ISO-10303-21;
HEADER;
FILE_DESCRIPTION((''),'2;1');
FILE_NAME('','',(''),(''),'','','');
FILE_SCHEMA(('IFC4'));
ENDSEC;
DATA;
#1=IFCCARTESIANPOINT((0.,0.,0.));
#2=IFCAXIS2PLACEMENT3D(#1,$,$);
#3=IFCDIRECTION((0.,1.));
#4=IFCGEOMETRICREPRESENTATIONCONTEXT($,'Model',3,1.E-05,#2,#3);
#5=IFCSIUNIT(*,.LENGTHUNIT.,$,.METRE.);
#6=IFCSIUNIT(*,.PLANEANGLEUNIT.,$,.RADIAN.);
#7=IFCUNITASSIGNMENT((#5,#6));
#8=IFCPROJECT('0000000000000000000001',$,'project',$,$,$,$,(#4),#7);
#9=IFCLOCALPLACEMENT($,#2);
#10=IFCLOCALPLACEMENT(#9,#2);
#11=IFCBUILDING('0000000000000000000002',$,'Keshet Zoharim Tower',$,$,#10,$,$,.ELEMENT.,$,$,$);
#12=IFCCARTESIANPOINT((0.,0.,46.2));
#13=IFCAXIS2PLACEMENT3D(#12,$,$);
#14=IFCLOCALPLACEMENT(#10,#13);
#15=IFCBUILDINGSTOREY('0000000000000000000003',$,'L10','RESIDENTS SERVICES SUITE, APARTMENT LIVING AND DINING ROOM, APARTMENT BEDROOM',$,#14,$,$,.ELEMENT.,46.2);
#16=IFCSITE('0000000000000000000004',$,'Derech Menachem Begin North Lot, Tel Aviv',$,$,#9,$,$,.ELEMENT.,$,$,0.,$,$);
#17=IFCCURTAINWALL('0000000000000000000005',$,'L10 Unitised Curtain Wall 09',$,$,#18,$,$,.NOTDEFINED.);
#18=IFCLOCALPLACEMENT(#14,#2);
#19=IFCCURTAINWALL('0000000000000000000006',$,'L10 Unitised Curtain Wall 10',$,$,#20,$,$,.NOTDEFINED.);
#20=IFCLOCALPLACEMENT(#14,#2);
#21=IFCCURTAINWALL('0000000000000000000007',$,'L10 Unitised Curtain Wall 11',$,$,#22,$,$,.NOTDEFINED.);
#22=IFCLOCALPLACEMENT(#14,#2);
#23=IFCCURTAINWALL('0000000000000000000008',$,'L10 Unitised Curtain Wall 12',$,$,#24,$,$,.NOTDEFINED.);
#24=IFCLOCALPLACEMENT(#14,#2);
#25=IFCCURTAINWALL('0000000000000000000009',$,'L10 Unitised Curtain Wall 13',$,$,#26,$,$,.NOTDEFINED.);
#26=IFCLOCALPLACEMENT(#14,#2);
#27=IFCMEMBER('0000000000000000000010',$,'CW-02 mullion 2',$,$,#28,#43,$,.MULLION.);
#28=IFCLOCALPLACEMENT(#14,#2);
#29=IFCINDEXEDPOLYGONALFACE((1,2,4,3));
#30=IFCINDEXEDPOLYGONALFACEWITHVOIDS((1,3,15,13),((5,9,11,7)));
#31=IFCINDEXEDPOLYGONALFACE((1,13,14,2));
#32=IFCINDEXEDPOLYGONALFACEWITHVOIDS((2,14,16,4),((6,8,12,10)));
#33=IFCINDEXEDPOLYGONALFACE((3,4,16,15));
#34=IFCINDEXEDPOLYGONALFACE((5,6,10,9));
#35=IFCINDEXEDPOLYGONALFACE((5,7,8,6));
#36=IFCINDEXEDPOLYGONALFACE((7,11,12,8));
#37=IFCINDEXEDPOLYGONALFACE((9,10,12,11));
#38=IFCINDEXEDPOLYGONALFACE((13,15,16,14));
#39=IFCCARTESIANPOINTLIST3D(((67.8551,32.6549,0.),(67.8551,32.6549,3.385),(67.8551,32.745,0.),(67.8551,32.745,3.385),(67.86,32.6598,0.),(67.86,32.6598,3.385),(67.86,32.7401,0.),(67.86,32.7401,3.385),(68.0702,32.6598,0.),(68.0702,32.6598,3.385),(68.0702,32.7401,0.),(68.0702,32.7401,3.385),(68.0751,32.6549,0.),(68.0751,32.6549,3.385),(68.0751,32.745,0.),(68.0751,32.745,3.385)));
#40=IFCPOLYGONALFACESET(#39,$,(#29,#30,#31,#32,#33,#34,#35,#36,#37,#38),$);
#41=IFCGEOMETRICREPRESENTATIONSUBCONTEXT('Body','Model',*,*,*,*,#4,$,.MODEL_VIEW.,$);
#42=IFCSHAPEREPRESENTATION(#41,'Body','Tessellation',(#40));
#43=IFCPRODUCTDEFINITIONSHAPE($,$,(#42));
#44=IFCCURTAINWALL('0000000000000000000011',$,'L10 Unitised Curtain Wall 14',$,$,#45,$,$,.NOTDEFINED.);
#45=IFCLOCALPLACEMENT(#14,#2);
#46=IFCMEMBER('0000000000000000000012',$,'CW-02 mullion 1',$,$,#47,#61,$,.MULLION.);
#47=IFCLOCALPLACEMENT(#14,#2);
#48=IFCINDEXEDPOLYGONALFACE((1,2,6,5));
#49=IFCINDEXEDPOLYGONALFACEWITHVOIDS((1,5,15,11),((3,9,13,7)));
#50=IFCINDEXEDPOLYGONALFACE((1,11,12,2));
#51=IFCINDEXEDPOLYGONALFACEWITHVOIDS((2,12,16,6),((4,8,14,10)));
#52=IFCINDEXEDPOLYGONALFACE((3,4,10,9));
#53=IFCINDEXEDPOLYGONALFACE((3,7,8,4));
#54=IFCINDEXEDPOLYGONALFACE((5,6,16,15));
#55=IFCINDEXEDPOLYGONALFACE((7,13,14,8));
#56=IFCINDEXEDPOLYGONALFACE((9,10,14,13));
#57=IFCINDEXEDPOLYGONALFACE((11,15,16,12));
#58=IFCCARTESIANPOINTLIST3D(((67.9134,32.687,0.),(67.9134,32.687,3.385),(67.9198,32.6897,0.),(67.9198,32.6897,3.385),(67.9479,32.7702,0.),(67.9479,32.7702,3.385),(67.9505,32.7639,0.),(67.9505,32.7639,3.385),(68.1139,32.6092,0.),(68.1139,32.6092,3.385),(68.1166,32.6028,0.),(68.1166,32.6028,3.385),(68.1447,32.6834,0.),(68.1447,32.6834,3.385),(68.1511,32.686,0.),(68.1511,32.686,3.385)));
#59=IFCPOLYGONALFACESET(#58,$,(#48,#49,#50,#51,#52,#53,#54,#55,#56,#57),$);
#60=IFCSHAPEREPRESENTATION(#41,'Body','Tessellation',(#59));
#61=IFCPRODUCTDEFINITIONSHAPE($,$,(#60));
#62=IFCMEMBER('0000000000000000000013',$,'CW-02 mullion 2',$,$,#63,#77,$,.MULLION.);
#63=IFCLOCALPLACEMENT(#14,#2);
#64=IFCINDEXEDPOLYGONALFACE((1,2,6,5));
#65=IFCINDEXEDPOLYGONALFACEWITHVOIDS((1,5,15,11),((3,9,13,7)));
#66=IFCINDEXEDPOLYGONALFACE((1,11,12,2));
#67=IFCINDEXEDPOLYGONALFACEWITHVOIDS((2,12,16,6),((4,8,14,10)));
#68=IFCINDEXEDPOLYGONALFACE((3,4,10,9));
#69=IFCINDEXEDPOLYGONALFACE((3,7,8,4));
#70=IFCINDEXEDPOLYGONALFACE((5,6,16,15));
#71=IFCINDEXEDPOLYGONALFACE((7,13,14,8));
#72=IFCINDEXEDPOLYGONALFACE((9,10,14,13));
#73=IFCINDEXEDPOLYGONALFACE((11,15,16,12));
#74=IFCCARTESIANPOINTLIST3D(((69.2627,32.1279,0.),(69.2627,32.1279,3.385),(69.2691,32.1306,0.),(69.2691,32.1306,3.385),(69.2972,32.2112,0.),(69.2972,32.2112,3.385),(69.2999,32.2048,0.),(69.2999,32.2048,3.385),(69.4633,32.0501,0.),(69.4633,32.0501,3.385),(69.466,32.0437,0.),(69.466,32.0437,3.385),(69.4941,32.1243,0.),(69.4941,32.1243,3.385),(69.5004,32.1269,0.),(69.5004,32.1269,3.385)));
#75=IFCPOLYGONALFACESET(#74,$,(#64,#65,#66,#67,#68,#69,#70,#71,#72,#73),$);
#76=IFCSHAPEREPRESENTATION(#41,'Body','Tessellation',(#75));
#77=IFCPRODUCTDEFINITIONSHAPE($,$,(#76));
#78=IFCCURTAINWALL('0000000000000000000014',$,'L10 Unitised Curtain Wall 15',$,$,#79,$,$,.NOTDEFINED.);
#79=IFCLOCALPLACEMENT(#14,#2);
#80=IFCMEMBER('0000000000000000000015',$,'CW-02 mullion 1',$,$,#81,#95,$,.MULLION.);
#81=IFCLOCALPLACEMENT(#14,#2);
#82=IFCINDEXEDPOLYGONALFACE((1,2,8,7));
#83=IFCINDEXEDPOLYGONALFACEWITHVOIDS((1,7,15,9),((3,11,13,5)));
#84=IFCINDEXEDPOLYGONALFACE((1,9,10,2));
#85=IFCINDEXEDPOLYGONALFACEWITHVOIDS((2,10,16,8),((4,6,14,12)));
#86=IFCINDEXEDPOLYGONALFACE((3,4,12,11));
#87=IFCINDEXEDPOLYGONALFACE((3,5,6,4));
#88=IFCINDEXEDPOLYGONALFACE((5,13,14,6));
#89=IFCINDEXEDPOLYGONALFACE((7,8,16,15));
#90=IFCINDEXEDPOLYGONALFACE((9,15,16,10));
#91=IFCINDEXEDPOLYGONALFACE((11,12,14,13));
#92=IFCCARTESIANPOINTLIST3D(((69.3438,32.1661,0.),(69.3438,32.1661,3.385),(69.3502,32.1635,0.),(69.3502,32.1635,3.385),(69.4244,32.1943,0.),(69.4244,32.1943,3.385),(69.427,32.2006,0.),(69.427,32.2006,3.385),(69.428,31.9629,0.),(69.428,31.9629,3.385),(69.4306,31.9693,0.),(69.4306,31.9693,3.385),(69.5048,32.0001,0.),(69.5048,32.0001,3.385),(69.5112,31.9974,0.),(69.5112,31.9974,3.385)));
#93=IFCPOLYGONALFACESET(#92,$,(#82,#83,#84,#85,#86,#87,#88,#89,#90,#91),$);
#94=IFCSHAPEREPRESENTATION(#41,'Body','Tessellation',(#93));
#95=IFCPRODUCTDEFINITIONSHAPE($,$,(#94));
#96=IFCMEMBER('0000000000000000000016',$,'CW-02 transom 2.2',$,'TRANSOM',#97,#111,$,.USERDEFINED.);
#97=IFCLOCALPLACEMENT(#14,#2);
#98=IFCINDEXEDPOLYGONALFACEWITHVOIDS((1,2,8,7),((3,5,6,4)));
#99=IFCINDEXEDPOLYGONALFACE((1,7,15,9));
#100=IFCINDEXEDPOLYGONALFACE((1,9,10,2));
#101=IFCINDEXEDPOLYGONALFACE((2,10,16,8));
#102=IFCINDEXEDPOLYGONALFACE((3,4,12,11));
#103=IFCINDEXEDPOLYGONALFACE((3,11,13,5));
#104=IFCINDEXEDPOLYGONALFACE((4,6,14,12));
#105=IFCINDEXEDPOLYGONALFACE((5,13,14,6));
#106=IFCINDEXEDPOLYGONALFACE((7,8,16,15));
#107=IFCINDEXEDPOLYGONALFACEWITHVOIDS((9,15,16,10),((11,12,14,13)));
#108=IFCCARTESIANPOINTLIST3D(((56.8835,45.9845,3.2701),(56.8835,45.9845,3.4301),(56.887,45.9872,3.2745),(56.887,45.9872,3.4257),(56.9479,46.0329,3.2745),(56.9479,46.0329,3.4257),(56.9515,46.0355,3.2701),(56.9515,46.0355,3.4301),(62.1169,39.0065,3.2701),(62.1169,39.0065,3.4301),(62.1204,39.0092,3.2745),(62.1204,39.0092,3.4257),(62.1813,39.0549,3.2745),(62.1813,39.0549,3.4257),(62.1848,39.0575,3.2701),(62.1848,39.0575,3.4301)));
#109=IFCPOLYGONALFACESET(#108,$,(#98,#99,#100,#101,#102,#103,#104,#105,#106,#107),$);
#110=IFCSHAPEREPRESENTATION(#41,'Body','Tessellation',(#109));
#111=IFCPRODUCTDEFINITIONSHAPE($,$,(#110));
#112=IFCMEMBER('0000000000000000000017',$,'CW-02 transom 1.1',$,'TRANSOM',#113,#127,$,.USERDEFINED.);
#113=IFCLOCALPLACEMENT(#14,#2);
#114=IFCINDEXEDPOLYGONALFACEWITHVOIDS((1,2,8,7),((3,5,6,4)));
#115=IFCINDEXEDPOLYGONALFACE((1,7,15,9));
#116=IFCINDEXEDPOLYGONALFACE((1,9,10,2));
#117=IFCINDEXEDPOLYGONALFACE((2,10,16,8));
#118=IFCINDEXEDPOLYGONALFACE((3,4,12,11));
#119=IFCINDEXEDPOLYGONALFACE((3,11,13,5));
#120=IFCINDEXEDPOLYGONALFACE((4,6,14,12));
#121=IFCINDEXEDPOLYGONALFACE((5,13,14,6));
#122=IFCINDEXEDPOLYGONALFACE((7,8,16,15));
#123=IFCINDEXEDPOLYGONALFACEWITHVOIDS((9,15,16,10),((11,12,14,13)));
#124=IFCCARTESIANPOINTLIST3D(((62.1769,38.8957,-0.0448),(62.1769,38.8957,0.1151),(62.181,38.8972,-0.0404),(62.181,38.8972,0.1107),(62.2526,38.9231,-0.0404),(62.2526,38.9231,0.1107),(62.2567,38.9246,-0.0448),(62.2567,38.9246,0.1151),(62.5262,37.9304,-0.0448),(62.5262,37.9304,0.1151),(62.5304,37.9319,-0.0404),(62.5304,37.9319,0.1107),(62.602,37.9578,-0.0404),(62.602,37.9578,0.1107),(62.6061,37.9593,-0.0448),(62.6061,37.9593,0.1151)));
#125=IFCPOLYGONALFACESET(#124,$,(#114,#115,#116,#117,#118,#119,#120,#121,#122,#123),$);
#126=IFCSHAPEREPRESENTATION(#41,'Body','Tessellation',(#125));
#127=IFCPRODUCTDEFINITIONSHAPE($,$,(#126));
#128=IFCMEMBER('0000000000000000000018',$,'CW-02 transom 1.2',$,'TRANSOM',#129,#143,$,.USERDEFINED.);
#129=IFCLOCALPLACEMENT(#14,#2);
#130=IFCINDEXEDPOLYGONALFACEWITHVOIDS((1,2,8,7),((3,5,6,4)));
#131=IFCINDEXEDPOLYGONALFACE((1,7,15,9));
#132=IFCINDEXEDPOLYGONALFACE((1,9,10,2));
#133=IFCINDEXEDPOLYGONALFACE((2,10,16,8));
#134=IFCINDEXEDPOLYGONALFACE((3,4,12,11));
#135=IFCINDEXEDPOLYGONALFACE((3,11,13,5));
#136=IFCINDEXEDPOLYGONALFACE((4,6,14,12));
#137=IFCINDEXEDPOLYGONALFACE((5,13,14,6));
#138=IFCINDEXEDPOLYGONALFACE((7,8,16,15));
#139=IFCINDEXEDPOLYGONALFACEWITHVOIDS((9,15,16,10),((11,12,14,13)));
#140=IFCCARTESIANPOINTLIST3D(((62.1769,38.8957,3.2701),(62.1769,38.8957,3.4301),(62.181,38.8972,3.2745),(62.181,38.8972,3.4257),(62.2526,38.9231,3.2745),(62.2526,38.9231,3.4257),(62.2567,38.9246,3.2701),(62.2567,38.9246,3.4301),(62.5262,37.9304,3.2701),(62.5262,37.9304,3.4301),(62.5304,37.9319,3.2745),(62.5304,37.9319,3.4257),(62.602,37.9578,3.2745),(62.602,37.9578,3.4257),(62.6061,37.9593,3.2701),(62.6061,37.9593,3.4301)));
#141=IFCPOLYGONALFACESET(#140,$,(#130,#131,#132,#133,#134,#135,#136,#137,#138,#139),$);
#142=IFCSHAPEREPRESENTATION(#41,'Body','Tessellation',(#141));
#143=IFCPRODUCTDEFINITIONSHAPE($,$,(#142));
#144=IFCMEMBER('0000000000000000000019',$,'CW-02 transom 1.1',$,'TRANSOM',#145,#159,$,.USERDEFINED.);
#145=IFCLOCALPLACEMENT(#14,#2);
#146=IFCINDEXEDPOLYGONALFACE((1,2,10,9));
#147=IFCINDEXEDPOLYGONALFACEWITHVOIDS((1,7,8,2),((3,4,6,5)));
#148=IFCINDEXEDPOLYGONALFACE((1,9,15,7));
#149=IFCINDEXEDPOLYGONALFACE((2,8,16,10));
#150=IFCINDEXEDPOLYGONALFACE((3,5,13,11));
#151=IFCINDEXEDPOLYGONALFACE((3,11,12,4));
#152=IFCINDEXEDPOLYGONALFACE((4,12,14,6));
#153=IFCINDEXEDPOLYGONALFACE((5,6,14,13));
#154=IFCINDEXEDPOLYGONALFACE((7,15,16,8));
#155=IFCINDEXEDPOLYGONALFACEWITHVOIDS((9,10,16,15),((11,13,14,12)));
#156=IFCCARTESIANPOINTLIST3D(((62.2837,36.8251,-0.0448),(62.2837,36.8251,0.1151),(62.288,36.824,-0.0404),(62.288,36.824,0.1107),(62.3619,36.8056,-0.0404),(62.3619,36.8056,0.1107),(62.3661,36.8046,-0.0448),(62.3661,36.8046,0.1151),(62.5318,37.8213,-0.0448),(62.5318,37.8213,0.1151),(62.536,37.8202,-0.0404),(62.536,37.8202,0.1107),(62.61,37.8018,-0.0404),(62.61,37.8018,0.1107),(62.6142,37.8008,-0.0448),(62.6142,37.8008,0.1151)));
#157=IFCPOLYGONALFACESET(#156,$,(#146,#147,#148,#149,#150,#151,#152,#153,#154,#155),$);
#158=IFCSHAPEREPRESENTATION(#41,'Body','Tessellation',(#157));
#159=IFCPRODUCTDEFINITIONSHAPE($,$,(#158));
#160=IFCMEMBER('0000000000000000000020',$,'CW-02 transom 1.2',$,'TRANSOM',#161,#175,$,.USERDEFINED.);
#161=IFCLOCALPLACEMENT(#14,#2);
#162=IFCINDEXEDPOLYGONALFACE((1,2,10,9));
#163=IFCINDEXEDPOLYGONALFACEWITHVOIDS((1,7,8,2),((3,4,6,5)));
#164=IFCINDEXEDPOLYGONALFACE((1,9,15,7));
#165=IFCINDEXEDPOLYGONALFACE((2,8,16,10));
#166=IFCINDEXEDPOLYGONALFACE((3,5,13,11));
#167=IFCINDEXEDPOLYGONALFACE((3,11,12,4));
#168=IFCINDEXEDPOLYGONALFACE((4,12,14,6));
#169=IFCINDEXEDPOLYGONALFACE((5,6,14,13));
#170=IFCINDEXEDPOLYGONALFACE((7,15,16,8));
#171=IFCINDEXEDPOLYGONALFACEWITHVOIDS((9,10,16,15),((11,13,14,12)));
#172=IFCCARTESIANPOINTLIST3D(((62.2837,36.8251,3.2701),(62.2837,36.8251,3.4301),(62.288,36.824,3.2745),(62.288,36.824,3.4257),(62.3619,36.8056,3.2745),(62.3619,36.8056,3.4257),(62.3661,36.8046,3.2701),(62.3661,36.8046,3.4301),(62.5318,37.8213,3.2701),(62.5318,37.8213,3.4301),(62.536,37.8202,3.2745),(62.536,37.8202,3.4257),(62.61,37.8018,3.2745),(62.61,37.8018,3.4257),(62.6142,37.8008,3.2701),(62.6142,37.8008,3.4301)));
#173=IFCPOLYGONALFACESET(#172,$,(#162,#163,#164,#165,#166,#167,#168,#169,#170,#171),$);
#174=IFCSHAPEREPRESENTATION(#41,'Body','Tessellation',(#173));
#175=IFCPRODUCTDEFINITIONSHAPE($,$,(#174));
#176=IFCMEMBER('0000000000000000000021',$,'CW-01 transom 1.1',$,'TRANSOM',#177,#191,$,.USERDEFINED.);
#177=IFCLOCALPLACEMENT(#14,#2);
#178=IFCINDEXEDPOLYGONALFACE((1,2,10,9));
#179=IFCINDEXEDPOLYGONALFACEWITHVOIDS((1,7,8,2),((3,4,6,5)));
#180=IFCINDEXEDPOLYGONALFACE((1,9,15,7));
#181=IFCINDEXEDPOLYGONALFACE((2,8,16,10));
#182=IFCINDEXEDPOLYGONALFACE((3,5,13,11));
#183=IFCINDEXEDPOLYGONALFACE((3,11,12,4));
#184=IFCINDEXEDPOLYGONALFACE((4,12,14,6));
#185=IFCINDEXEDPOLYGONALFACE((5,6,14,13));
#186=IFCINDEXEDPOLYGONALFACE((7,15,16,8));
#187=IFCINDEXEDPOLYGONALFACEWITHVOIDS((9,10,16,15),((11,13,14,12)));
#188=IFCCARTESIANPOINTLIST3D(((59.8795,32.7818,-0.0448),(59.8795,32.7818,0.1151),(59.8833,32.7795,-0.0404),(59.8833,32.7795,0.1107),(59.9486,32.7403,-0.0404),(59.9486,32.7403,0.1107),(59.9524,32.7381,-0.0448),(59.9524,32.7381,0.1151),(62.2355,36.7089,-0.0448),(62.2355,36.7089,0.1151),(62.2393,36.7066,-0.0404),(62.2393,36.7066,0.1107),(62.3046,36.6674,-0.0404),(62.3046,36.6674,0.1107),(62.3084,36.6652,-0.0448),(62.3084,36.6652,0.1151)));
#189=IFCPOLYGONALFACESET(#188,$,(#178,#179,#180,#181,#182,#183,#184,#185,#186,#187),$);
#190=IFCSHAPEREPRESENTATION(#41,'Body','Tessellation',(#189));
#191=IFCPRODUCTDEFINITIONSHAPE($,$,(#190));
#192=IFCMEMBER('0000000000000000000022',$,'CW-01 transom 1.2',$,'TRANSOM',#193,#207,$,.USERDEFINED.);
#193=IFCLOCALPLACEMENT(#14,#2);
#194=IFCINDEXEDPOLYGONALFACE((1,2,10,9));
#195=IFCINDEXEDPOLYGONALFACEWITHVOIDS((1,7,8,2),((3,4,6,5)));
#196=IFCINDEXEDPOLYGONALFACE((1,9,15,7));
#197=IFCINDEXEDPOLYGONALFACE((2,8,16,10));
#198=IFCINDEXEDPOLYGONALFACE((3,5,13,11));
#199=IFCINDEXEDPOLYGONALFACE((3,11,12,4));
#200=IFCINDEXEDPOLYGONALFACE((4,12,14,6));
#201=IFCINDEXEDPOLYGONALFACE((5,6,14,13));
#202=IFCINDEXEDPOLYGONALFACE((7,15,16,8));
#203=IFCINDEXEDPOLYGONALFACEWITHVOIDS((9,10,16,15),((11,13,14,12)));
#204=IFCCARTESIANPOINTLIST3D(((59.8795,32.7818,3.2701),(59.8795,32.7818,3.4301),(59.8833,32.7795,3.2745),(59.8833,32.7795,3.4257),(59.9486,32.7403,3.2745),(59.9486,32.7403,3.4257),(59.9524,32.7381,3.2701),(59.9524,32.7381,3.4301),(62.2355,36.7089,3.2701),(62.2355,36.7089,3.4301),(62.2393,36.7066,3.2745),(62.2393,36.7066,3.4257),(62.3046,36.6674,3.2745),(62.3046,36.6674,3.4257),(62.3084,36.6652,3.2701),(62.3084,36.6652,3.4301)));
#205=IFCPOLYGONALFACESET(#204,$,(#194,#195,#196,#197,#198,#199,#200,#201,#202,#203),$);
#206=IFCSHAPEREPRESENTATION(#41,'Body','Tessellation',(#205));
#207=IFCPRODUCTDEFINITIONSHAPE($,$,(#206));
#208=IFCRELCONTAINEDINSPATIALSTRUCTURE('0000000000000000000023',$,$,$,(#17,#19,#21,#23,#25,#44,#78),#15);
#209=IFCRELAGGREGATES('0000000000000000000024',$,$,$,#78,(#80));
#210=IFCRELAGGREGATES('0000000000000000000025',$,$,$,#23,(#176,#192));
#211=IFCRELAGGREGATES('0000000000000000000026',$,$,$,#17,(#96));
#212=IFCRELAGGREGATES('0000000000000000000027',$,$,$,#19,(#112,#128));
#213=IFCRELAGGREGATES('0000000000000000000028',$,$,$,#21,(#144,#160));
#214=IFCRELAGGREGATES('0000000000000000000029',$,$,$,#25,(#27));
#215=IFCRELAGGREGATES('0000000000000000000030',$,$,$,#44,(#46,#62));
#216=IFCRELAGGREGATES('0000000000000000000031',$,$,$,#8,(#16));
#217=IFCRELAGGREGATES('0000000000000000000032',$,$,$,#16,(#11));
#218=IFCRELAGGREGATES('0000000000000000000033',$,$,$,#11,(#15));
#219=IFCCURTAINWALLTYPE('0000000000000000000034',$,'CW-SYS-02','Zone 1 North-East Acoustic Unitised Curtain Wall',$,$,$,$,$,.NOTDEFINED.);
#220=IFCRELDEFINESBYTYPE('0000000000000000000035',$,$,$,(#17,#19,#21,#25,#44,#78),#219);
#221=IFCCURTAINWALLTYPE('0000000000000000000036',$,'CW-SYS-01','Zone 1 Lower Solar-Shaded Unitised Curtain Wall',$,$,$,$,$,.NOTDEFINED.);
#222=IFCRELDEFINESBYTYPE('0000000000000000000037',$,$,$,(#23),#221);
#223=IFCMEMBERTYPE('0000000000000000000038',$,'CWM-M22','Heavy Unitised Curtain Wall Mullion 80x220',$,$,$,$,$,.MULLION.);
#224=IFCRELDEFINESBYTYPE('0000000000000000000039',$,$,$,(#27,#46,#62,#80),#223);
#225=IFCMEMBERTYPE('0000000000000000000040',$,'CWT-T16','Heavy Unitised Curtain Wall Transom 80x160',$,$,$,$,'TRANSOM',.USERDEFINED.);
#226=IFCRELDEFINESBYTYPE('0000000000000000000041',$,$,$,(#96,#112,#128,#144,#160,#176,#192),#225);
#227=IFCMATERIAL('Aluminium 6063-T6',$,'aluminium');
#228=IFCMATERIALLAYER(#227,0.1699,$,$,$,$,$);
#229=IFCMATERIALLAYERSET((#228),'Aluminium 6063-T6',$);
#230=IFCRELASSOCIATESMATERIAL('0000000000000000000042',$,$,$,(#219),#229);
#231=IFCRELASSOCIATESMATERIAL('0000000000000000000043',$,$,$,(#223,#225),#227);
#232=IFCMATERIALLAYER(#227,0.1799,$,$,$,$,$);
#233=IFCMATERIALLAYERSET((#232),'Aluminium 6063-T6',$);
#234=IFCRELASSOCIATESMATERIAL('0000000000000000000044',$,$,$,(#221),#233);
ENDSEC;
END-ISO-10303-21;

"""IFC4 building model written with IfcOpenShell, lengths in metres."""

from ifc_helpers import new_model, si_unit, direction, frame, origin, origin_2d, place, context, subcontext, project, spatial, hollow_rectangle, extrude, material, layer, layer_set, material_profile, profile_set, type_object, element, aggregate, save


model = new_model("IFC4")

# Units and contexts
model_context = context("Model", 3, precision=1e-05, world=origin(), true_north=direction((0.0, 1.0)))
body_context = subcontext(model_context, "Body", "Model", "MODEL_VIEW")
ifc_project = project(units=[si_unit("LENGTHUNIT", "METRE"), si_unit("PLANEANGLEUNIT", "RADIAN")], contexts=[model_context])

# Site, building, storey
site_placement = place(None, origin())
site = spatial("IfcSite", under=ifc_project, at=site_placement, Name="Derech Menachem Begin North Lot, Tel Aviv", CompositionType="ELEMENT", RefElevation=0.0)
building_placement = place(site_placement, origin())
building = spatial("IfcBuilding", under=site, at=building_placement, Name="Keshet Zoharim Tower", CompositionType="ELEMENT")
storey_placement = place(building_placement, frame((0.0, 0.0, 46.2)))
storey = spatial("IfcBuildingStorey", under=building, at=storey_placement, Name="L10", Description="RESIDENTS SERVICES SUITE, APARTMENT LIVING AND DINING ROOM, APARTMENT BEDROOM", CompositionType="ELEMENT", Elevation=46.2)

# Curtain wall
ifc_material_1 = material(Name="Aluminium 6063-T6", Category="aluminium")
ifc_layer_1 = layer(ifc_material_1, 0.1699)
ifc_layer_set_1 = layer_set([ifc_layer_1], Name="Aluminium 6063-T6")
curtain_wall_type_1 = type_object("IfcCurtainWallType", Name="CW-SYS-02", Description="Zone 1 North-East Acoustic Unitised Curtain Wall", PredefinedType="NOTDEFINED", material=ifc_layer_set_1)
curtain_wall_1_placement = place(storey_placement, origin())
curtain_wall_1 = element("IfcCurtainWall", 1, at=curtain_wall_1_placement, inside=storey, type_object=curtain_wall_type_1, Name="L10 Unitised Curtain Wall 09", PredefinedType="NOTDEFINED")
ifc_material_profile_1 = material_profile(ifc_material_1, hollow_rectangle(XDim=0.0901, YDim=0.22, WallThickness=0.0049, at=origin_2d()), Name="MUL-90x220")
ifc_profile_set_1 = profile_set([ifc_material_profile_1], Name="Aluminium 6063-T6")
member_type_1 = type_object("IfcMemberType", Name="CWM-M22", Description="Heavy Unitised Curtain Wall Mullion 80x220", PredefinedType="MULLION", material=ifc_profile_set_1)

# Curtain walls, members
curtain_wall_2_placement = place(storey_placement, origin())
curtain_wall_2 = element("IfcCurtainWall", 2, at=curtain_wall_2_placement, inside=storey, type_object=curtain_wall_type_1, Name="L10 Unitised Curtain Wall 10", PredefinedType="NOTDEFINED")
curtain_wall_3_placement = place(storey_placement, origin())
curtain_wall_3 = element("IfcCurtainWall", 3, at=curtain_wall_3_placement, inside=storey, type_object=curtain_wall_type_1, Name="L10 Unitised Curtain Wall 11", PredefinedType="NOTDEFINED")
ifc_layer_2 = layer(ifc_material_1, 0.1799)
ifc_layer_set_2 = layer_set([ifc_layer_2], Name="Aluminium 6063-T6")
curtain_wall_type_2 = type_object("IfcCurtainWallType", Name="CW-SYS-01", Description="Zone 1 Lower Solar-Shaded Unitised Curtain Wall", PredefinedType="NOTDEFINED", material=ifc_layer_set_2)
curtain_wall_4_placement = place(storey_placement, origin())
curtain_wall_4 = element("IfcCurtainWall", 4, at=curtain_wall_4_placement, inside=storey, type_object=curtain_wall_type_2, Name="L10 Unitised Curtain Wall 12", PredefinedType="NOTDEFINED")
curtain_wall_5_placement = place(storey_placement, origin())
curtain_wall_5 = element("IfcCurtainWall", 5, at=curtain_wall_5_placement, inside=storey, type_object=curtain_wall_type_1, Name="L10 Unitised Curtain Wall 13", PredefinedType="NOTDEFINED")
member_1_placement = place(storey_placement, frame((67.9651, 32.7, 0.0), z_axis=(0.0, 0.0, 1.0), x_axis=(0.0, 1.0, 0.0)))
member_1 = element("IfcMember", 6, at=member_1_placement, type_object=member_type_1, Name="CW-02 mullion 2", PredefinedType="MULLION", context=body_context, shape_type="SweptSolid", body=[
    extrude(hollow_rectangle(XDim=0.0901, YDim=0.22, WallThickness=0.0049, at=origin_2d()), origin(), (0.0, 0.0, 1.0), 3.385),
])
curtain_wall_6_placement = place(storey_placement, origin())
curtain_wall_6 = element("IfcCurtainWall", 7, at=curtain_wall_6_placement, inside=storey, type_object=curtain_wall_type_1, Name="L10 Unitised Curtain Wall 14", PredefinedType="NOTDEFINED")
member_2_placement = place(storey_placement, frame((68.0322, 32.6865, 0.0), z_axis=(0.0, 0.0, 1.0), x_axis=(0.382852, 0.92381, 0.0)))
member_2 = element("IfcMember", 8, at=member_2_placement, type_object=member_type_1, Name="CW-02 mullion 1", PredefinedType="MULLION", context=body_context, shape_type="SweptSolid", body=[
    extrude(hollow_rectangle(XDim=0.0901, YDim=0.22, WallThickness=0.0049, at=origin_2d()), origin(), (0.0, 0.0, 1.0), 3.385),
])
member_3_placement = place(storey_placement, frame((69.3816, 32.1274, 0.0), z_axis=(0.0, 0.0, 1.0), x_axis=(0.382852, 0.92381, 0.0)))
member_3 = element("IfcMember", 9, at=member_3_placement, type_object=member_type_1, Name="CW-02 mullion 2", PredefinedType="MULLION", context=body_context, shape_type="SweptSolid", body=[
    extrude(hollow_rectangle(XDim=0.0901, YDim=0.22, WallThickness=0.0049, at=origin_2d()), origin(), (0.0, 0.0, 1.0), 3.385),
])

# Curtain wall, member
curtain_wall_7_placement = place(storey_placement, origin())
curtain_wall_7 = element("IfcCurtainWall", 10, at=curtain_wall_7_placement, inside=storey, type_object=curtain_wall_type_1, Name="L10 Unitised Curtain Wall 15", PredefinedType="NOTDEFINED")
member_4_placement = place(storey_placement, frame((69.4275, 32.0818, 0.0), z_axis=(0.0, 0.0, 1.0), x_axis=(0.92381, 0.382852, 0.0)))
member_4 = element("IfcMember", 11, at=member_4_placement, type_object=member_type_1, Name="CW-02 mullion 1", PredefinedType="MULLION", context=body_context, shape_type="SweptSolid", body=[
    extrude(hollow_rectangle(XDim=0.0901, YDim=0.22, WallThickness=0.0049, at=origin_2d()), origin(), (0.0, 0.0, 1.0), 3.385),
])

# Members
ifc_material_profile_2 = material_profile(ifc_material_1, hollow_rectangle(XDim=0.085, YDim=0.1599, WallThickness=0.0044, at=origin_2d()), Name="TRN-85x160")
ifc_profile_set_2 = profile_set([ifc_material_profile_2], Name="Aluminium 6063-T6")
member_type_2 = type_object("IfcMemberType", Name="CWT-T16", Description="Heavy Unitised Curtain Wall Transom 80x160", ElementType="TRANSOM", PredefinedType="USERDEFINED", material=ifc_profile_set_2)
member_5_placement = place(storey_placement, frame((56.9175, 46.01, 3.3501), z_axis=(0.599991, -0.800007, 0.0), x_axis=(0.800007, 0.599991, 0.0)))
member_5 = element("IfcMember", 12, at=member_5_placement, type_object=member_type_2, Name="CW-02 transom 2.2", ObjectType="TRANSOM", PredefinedType="USERDEFINED", context=body_context, shape_type="SweptSolid", body=[
    extrude(hollow_rectangle(XDim=0.085, YDim=0.1599, WallThickness=0.0044, at=origin_2d()), origin(), (0.0, 0.0, 1.0), 8.7224),
])
member_6_placement = place(storey_placement, frame((62.2168, 38.9102, 0.0352), z_axis=(0.340311, -0.940313, 0.0), x_axis=(0.940313, 0.340311, 0.0)))
member_6 = element("IfcMember", 13, at=member_6_placement, type_object=member_type_2, Name="CW-02 transom 1.1", ObjectType="TRANSOM", PredefinedType="USERDEFINED", context=body_context, shape_type="SweptSolid", body=[
    extrude(hollow_rectangle(XDim=0.085, YDim=0.1599, WallThickness=0.0044, at=origin_2d()), origin(), (0.0, 0.0, 1.0), 1.0266),
])
member_7_placement = place(storey_placement, frame((62.2168, 38.9102, 3.3501), z_axis=(0.340311, -0.940313, 0.0), x_axis=(0.940313, 0.340311, 0.0)))
member_7 = element("IfcMember", 14, at=member_7_placement, type_object=member_type_2, Name="CW-02 transom 1.2", ObjectType="TRANSOM", PredefinedType="USERDEFINED", context=body_context, shape_type="SweptSolid", body=[
    extrude(hollow_rectangle(XDim=0.085, YDim=0.1599, WallThickness=0.0044, at=origin_2d()), origin(), (0.0, 0.0, 1.0), 1.0266),
])
member_8_placement = place(storey_placement, frame((62.573, 37.811, 0.0352), z_axis=(-0.24164, -0.970366, 0.0), x_axis=(0.970366, -0.24164, 0.0)))
member_8 = element("IfcMember", 15, at=member_8_placement, type_object=member_type_2, Name="CW-02 transom 1.1", ObjectType="TRANSOM", PredefinedType="USERDEFINED", context=body_context, shape_type="SweptSolid", body=[
    extrude(hollow_rectangle(XDim=0.085, YDim=0.1599, WallThickness=0.0044, at=origin_2d()), origin(), (0.0, 0.0, 1.0), 1.0266),
])
member_9_placement = place(storey_placement, frame((62.573, 37.811, 3.3501), z_axis=(-0.24164, -0.970366, 0.0), x_axis=(0.970366, -0.24164, 0.0)))
member_9 = element("IfcMember", 16, at=member_9_placement, type_object=member_type_2, Name="CW-02 transom 1.2", ObjectType="TRANSOM", PredefinedType="USERDEFINED", context=body_context, shape_type="SweptSolid", body=[
    extrude(hollow_rectangle(XDim=0.085, YDim=0.1599, WallThickness=0.0044, at=origin_2d()), origin(), (0.0, 0.0, 1.0), 1.0266),
])
member_10_placement = place(storey_placement, frame((62.272, 36.687, 0.0352), z_axis=(-0.514457, -0.857516, 0.0), x_axis=(0.857516, -0.514457, 0.0)))
member_10 = element("IfcMember", 17, at=member_10_placement, type_object=member_type_2, Name="CW-01 transom 1.1", ObjectType="TRANSOM", PredefinedType="USERDEFINED", context=body_context, shape_type="SweptSolid", body=[
    extrude(hollow_rectangle(XDim=0.085, YDim=0.1599, WallThickness=0.0044, at=origin_2d()), origin(), (0.0, 0.0, 1.0), 4.5796),
])
member_11_placement = place(storey_placement, frame((62.272, 36.687, 3.3501), z_axis=(-0.514457, -0.857516, 0.0), x_axis=(0.857516, -0.514457, 0.0)))
member_11 = element("IfcMember", 18, at=member_11_placement, type_object=member_type_2, Name="CW-01 transom 1.2", ObjectType="TRANSOM", PredefinedType="USERDEFINED", context=body_context, shape_type="SweptSolid", body=[
    extrude(hollow_rectangle(XDim=0.085, YDim=0.1599, WallThickness=0.0044, at=origin_2d()), origin(), (0.0, 0.0, 1.0), 4.5796),
])
aggregate(curtain_wall_7, [member_4])

aggregate(curtain_wall_4, [member_10, member_11])
aggregate(curtain_wall_1, [member_5])
aggregate(curtain_wall_2, [member_6, member_7])
aggregate(curtain_wall_3, [member_8, member_9])
aggregate(curtain_wall_5, [member_1])
aggregate(curtain_wall_6, [member_2, member_3])

save(model, "model.ifc")
